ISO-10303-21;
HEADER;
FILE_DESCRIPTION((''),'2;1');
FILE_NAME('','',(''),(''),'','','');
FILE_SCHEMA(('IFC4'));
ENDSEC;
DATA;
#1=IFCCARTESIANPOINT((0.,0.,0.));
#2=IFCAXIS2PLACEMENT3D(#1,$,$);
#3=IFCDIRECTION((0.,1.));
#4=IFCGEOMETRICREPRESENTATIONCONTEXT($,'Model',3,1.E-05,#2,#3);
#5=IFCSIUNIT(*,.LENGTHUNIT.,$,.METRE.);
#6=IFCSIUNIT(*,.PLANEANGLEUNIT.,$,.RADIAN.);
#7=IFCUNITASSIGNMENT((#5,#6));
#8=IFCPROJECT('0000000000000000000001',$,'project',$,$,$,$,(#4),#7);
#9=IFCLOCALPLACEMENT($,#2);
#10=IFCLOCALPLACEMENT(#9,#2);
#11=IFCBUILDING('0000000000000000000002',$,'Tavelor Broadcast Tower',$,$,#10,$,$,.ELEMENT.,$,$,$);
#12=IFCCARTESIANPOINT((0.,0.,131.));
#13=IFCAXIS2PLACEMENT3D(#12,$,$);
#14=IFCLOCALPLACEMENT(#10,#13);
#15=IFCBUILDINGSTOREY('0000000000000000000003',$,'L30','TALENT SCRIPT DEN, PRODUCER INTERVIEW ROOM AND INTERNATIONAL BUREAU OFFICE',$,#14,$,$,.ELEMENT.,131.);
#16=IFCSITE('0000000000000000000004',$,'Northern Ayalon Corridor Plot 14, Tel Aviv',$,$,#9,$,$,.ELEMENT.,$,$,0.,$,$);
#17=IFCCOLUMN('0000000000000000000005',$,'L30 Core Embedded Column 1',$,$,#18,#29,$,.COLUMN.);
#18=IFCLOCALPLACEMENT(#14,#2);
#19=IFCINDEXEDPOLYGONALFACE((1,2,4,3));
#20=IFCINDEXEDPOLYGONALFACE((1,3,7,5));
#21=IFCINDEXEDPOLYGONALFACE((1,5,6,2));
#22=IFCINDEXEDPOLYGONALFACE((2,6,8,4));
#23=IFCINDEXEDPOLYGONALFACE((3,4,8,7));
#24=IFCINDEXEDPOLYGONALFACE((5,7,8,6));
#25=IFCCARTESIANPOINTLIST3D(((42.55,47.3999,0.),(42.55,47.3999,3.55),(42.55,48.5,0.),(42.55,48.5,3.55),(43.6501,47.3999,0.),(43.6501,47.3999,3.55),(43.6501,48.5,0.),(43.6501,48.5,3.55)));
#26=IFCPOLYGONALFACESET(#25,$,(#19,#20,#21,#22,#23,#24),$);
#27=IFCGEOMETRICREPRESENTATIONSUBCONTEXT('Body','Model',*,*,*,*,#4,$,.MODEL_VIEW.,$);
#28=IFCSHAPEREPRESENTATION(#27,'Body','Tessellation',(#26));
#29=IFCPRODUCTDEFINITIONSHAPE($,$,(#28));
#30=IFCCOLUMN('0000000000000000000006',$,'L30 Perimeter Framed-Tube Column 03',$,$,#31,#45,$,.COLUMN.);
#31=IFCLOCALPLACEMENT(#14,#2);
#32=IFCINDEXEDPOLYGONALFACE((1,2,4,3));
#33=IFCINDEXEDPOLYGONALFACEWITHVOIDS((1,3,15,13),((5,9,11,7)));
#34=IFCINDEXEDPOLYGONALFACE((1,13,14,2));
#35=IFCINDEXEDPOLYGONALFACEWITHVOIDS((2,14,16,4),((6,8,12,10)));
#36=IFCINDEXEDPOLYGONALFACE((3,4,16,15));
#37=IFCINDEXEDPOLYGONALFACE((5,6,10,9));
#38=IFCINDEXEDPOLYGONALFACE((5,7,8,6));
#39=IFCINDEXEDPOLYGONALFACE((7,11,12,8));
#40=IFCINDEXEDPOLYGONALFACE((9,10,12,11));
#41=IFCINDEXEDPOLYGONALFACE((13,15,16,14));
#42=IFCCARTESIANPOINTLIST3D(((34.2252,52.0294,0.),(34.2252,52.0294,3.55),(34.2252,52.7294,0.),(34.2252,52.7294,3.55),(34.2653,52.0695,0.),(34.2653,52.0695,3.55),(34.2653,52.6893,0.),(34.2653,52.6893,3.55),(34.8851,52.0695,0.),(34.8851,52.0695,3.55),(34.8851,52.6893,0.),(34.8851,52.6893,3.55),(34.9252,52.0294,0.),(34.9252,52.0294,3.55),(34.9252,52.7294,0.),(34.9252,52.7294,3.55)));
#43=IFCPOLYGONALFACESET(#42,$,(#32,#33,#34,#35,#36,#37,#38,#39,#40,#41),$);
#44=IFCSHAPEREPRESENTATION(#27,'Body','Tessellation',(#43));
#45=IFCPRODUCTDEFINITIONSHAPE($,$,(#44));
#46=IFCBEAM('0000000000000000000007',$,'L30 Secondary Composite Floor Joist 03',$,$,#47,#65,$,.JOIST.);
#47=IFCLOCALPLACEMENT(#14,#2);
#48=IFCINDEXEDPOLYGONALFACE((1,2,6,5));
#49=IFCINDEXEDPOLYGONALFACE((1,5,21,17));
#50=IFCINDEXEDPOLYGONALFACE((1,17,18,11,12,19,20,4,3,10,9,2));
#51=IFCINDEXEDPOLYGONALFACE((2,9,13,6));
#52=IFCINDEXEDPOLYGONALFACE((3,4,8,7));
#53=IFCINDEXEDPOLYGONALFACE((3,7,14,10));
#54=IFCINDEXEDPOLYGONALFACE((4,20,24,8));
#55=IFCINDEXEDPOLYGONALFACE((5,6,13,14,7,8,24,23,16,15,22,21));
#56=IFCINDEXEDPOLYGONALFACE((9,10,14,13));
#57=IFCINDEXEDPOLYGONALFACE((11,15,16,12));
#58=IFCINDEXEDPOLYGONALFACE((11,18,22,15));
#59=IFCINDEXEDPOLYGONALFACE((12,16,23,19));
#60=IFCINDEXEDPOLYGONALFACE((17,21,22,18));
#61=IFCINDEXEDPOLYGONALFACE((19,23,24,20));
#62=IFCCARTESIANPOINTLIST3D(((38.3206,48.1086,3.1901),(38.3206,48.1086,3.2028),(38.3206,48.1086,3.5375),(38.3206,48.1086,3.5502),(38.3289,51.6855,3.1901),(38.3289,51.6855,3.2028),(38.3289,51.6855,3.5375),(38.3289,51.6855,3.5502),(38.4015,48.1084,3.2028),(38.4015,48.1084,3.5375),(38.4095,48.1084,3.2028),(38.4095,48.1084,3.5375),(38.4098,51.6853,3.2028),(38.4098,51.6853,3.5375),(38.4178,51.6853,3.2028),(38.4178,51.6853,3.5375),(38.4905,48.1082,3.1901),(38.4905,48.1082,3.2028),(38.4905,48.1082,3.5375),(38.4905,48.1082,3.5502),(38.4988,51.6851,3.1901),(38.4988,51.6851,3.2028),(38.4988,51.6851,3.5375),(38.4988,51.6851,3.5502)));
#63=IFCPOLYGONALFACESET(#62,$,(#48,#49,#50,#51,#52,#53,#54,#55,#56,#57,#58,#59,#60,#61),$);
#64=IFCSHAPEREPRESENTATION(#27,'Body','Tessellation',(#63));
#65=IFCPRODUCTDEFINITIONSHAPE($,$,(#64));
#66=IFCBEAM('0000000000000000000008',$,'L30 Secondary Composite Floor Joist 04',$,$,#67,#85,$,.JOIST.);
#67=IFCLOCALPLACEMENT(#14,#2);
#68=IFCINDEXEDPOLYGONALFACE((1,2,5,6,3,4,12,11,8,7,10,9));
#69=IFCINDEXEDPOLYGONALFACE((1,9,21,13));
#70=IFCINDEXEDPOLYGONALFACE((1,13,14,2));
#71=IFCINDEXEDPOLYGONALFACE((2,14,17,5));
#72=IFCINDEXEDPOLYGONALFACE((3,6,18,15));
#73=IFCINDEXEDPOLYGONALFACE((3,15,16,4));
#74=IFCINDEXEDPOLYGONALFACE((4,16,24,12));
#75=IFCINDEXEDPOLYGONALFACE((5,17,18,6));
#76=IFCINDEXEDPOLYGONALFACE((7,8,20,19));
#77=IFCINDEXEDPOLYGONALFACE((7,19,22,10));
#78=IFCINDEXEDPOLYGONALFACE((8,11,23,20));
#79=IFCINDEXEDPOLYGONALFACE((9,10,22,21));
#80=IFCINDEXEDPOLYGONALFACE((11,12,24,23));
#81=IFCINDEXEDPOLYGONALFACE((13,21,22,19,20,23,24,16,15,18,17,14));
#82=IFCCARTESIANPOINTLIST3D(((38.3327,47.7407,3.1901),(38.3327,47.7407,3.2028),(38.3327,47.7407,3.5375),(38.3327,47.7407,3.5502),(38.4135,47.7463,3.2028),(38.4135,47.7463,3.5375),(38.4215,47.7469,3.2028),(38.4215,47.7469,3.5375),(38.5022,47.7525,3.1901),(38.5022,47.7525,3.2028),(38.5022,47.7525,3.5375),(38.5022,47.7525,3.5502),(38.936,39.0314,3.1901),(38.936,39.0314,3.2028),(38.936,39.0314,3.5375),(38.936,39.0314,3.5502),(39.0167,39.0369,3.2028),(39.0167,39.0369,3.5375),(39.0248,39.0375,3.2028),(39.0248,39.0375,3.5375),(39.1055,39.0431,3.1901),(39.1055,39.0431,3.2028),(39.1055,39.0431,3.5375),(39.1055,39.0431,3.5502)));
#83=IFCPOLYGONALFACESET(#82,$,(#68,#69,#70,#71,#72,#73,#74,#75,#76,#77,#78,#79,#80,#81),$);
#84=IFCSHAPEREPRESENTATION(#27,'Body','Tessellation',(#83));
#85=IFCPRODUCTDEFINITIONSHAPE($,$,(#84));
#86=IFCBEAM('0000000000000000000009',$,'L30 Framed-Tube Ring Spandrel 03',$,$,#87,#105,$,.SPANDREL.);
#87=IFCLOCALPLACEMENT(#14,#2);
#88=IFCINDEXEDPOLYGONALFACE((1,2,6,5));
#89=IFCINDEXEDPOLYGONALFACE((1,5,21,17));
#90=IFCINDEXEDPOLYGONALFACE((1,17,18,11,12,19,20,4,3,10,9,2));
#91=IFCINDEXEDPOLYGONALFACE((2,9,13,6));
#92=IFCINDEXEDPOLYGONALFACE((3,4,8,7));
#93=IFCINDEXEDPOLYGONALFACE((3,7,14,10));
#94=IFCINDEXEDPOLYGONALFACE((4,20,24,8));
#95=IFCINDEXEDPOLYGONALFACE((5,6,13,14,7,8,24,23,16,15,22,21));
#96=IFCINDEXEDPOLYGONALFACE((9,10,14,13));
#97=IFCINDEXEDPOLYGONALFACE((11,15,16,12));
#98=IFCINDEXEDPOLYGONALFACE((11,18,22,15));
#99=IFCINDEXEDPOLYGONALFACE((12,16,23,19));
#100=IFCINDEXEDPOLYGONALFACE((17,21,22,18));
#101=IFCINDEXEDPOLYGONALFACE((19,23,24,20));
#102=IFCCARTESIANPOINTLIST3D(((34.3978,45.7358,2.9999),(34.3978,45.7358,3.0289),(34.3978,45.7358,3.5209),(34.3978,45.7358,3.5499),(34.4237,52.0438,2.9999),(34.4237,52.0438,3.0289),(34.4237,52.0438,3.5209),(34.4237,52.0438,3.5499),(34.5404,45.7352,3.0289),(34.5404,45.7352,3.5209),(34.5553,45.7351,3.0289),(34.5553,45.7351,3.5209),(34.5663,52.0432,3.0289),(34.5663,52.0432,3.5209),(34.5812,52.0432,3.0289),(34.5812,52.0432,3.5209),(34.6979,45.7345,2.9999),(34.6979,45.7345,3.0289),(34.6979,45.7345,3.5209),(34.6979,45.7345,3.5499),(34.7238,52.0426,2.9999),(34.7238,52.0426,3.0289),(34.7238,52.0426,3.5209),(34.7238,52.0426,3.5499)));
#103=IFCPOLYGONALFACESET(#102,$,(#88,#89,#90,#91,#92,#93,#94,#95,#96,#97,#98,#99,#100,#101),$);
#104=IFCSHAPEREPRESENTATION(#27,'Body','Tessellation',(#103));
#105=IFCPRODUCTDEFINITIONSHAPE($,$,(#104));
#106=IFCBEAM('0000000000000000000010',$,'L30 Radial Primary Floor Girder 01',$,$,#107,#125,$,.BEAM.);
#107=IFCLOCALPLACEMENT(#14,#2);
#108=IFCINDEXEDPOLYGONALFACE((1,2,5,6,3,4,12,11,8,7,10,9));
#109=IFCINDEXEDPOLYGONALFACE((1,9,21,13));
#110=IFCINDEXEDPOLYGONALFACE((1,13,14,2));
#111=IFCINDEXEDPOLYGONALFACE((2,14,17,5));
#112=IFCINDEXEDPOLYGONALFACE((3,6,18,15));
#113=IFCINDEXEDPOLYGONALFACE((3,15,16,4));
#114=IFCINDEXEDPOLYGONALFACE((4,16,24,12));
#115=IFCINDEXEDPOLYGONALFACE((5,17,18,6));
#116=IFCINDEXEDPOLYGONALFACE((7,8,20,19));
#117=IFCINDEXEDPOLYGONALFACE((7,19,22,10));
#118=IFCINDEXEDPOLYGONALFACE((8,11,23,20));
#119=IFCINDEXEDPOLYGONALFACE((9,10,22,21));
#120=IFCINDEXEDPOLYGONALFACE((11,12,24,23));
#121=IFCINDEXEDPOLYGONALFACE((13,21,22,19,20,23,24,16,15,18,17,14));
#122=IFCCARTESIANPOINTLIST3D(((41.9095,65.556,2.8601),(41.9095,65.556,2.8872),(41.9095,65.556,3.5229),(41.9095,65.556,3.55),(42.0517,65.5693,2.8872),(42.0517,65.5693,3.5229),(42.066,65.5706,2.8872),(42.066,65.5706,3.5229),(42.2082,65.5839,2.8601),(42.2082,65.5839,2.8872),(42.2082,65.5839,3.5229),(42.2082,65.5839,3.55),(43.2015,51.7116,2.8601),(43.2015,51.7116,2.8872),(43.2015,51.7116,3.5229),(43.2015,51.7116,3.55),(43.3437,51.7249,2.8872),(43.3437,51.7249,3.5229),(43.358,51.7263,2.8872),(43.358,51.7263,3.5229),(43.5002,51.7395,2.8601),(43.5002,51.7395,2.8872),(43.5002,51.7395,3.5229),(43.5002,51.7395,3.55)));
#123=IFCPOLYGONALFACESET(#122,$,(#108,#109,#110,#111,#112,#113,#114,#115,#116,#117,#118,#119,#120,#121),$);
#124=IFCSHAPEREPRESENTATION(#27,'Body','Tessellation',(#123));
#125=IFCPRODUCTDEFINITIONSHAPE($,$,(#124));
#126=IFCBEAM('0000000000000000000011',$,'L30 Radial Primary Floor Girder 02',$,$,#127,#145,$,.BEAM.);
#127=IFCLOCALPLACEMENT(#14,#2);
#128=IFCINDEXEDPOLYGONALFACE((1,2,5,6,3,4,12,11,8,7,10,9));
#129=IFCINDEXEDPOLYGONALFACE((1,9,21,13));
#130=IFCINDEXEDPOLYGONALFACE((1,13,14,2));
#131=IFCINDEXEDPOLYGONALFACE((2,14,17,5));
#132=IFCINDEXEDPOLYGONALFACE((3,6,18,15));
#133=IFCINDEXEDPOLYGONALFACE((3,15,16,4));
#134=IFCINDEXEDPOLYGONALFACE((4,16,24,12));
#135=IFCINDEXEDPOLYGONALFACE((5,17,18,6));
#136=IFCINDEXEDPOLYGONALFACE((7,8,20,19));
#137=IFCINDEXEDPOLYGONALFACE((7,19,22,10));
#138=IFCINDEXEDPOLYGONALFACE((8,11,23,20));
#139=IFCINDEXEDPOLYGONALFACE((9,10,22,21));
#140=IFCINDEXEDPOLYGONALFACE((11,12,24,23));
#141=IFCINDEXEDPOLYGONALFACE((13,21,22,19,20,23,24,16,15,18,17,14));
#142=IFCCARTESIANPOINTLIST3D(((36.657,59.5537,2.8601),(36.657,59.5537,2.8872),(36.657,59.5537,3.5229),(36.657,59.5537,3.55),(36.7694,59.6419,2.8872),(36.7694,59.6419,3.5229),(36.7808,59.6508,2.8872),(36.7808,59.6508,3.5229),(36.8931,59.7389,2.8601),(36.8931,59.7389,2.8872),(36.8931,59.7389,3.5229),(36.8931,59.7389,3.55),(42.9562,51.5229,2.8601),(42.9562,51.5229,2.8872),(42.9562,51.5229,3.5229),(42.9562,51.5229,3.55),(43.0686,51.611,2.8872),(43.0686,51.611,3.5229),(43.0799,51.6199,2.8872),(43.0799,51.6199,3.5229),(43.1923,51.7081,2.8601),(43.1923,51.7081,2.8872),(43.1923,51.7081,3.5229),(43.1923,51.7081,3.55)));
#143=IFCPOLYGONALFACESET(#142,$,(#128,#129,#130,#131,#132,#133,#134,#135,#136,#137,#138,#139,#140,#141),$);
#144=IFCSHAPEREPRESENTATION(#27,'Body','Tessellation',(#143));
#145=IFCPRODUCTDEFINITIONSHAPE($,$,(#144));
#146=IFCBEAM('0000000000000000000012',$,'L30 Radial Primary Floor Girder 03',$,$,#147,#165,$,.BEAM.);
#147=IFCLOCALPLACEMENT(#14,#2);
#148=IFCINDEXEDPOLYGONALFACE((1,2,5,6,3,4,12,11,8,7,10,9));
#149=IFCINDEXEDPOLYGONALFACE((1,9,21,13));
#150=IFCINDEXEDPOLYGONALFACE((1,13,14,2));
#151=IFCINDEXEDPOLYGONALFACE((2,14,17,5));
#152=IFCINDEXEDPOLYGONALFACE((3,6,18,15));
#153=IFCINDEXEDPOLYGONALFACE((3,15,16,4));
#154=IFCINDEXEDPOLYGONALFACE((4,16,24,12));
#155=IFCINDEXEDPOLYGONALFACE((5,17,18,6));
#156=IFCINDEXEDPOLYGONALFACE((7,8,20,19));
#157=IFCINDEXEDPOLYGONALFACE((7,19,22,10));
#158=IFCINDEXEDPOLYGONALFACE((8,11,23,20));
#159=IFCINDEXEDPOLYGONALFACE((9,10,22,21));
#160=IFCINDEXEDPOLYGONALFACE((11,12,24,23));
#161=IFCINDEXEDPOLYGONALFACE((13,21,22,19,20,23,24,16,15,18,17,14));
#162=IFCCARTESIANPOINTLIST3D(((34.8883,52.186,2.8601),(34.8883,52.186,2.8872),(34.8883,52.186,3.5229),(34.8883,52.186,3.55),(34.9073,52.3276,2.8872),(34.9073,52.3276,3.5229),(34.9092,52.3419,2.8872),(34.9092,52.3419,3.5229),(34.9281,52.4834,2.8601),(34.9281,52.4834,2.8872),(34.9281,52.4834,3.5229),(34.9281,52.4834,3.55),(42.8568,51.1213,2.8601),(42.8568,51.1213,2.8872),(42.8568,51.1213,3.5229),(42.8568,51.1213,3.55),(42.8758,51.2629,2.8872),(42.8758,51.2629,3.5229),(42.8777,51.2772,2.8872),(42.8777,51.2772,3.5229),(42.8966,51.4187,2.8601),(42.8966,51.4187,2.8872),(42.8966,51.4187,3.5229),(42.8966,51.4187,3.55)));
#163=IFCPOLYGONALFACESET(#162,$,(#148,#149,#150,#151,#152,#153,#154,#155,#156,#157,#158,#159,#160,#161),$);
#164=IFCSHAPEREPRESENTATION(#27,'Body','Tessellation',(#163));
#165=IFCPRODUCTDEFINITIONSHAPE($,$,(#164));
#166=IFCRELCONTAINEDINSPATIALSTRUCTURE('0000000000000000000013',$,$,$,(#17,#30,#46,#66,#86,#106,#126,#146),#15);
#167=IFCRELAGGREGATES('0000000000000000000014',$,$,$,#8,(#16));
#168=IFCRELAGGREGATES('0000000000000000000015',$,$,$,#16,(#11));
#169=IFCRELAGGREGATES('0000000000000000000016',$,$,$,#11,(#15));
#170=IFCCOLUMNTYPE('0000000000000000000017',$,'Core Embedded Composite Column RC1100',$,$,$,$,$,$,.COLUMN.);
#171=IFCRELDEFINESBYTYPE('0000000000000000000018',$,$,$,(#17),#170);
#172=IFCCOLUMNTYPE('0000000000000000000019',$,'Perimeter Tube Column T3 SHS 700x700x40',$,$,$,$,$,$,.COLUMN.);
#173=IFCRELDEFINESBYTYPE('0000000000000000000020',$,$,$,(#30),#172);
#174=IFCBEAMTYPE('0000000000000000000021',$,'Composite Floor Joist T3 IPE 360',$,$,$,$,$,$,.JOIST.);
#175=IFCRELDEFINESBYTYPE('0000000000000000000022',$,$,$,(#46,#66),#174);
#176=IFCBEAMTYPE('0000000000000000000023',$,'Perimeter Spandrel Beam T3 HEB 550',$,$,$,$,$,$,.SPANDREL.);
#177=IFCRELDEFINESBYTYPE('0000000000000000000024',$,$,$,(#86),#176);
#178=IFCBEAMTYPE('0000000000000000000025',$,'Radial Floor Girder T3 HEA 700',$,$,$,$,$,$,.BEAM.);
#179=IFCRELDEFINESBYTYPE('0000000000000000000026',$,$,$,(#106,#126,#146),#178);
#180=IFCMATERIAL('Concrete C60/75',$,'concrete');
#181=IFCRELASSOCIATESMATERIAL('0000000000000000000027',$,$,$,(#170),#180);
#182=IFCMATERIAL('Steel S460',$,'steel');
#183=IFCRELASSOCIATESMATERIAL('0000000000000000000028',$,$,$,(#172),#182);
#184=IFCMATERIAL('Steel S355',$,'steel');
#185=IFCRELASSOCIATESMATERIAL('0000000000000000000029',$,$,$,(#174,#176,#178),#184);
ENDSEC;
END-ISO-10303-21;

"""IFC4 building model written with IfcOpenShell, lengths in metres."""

from ifc_helpers import new_model, si_unit, direction, frame, origin, origin_2d, place, context, subcontext, project, spatial, rectangle, hollow_rectangle, i_section, extrude, material, material_profile, profile_set, type_object, element, save


model = new_model("IFC4")

# Units and contexts
model_context = context("Model", 3, precision=1e-05, world=origin(), true_north=direction((0.0, 1.0)))
body_context = subcontext(model_context, "Body", "Model", "MODEL_VIEW")
ifc_project = project(units=[si_unit("LENGTHUNIT", "METRE"), si_unit("PLANEANGLEUNIT", "RADIAN")], contexts=[model_context])

# Site, building, storey
site_placement = place(None, origin())
site = spatial("IfcSite", under=ifc_project, at=site_placement, Name="Northern Ayalon Corridor Plot 14, Tel Aviv", CompositionType="ELEMENT", RefElevation=0.0)
building_placement = place(site_placement, origin())
building = spatial("IfcBuilding", under=site, at=building_placement, Name="Tavelor Broadcast Tower", CompositionType="ELEMENT")
storey_placement = place(building_placement, frame((0.0, 0.0, 131.0)))
storey = spatial("IfcBuildingStorey", under=building, at=storey_placement, Name="L30", Description="TALENT SCRIPT DEN, PRODUCER INTERVIEW ROOM AND INTERNATIONAL BUREAU OFFICE", CompositionType="ELEMENT", Elevation=131.0)

# Columns
ifc_material_1 = material(Name="Concrete C60/75", Category="concrete")
ifc_material_profile_1 = material_profile(ifc_material_1, rectangle(XDim=1.1001, YDim=1.1001, at=origin_2d()), Name="RC 1100x1100")
ifc_profile_set_1 = profile_set([ifc_material_profile_1], Name="Concrete C60/75")
column_type_1 = type_object("IfcColumnType", Name="Core Embedded Composite Column RC1100", PredefinedType="COLUMN", material=ifc_profile_set_1)
column_1_placement = place(storey_placement, frame((43.1001, 47.95, 0.0), z_axis=(0.0, 0.0, 1.0), x_axis=(1.0, 0.0, 0.0)))
element("IfcColumn", 1, at=column_1_placement, inside=storey, type_object=column_type_1, Name="L30 Core Embedded Column 1", PredefinedType="COLUMN", context=body_context, shape_type="SweptSolid", body=[
    extrude(rectangle(XDim=1.1001, YDim=1.1001, at=origin_2d()), origin(), (0.0, 0.0, 1.0), 3.55),
])
ifc_material_2 = material(Name="Steel S460", Category="steel")
ifc_material_profile_2 = material_profile(ifc_material_2, hollow_rectangle(XDim=0.7, YDim=0.7, WallThickness=0.04, at=origin_2d()), Name="SHS 700x700x40")
ifc_profile_set_2 = profile_set([ifc_material_profile_2], Name="Steel S460")
column_type_2 = type_object("IfcColumnType", Name="Perimeter Tube Column T3 SHS 700x700x40", PredefinedType="COLUMN", material=ifc_profile_set_2)
column_2_placement = place(storey_placement, frame((34.5752, 52.3794, 0.0), z_axis=(0.0, 0.0, 1.0), x_axis=(1.0, 0.0, 0.0)))
element("IfcColumn", 2, at=column_2_placement, inside=storey, type_object=column_type_2, Name="L30 Perimeter Framed-Tube Column 03", PredefinedType="COLUMN", context=body_context, shape_type="SweptSolid", body=[
    extrude(hollow_rectangle(XDim=0.7, YDim=0.7, WallThickness=0.04, at=origin_2d()), origin(), (0.0, 0.0, 1.0), 3.55),
])

# Beams
ifc_material_3 = material(Name="Steel S355", Category="steel")
ifc_material_profile_3 = material_profile(ifc_material_3, i_section(OverallWidth=0.1699, OverallDepth=0.3601, WebThickness=0.0081, FlangeThickness=0.0127, at=origin_2d()), Name="IPE 360")
ifc_profile_set_3 = profile_set([ifc_material_profile_3], Name="Steel S355")
beam_type_1 = type_object("IfcBeamType", Name="Composite Floor Joist T3 IPE 360", PredefinedType="JOIST", material=ifc_profile_set_3)
beam_1_placement = place(storey_placement, frame((38.4138, 51.6853, 3.3701), z_axis=(-0.002321, -0.999997, 0.0), x_axis=(0.999997, -0.002321, 0.0)))
element("IfcBeam", 3, at=beam_1_placement, inside=storey, type_object=beam_type_1, Name="L30 Secondary Composite Floor Joist 03", PredefinedType="JOIST", context=body_context, shape_type="SweptSolid", body=[
    extrude(i_section(OverallWidth=0.1699, OverallDepth=0.3601, WebThickness=0.0081, FlangeThickness=0.0127, at=origin_2d()), origin(), (0.0, 0.0, 1.0), 3.5769),
])
beam_2_placement = place(storey_placement, frame((38.4175, 47.7466, 3.3701), z_axis=(0.069101, -0.99761, 0.0), x_axis=(0.99761, 0.069101, 0.0)))
element("IfcBeam", 4, at=beam_2_placement, inside=storey, type_object=beam_type_1, Name="L30 Secondary Composite Floor Joist 04", PredefinedType="JOIST", context=body_context, shape_type="SweptSolid", body=[
    extrude(i_section(OverallWidth=0.1699, OverallDepth=0.3601, WebThickness=0.0081, FlangeThickness=0.0127, at=origin_2d()), origin(), (0.0, 0.0, 1.0), 8.7302),
])
ifc_material_profile_4 = material_profile(ifc_material_3, i_section(OverallWidth=0.3, OverallDepth=0.55, WebThickness=0.0149, FlangeThickness=0.0291, at=origin_2d()), Name="HEB 550")
ifc_profile_set_4 = profile_set([ifc_material_profile_4], Name="Steel S355")
beam_type_2 = type_object("IfcBeamType", Name="Perimeter Spandrel Beam T3 HEB 550", PredefinedType="SPANDREL", material=ifc_profile_set_4)
beam_3_placement = place(storey_placement, frame((34.5737, 52.0432, 3.2749), z_axis=(-0.004102, -0.999992, 0.0), x_axis=(0.999992, -0.004102, 0.0)))
element("IfcBeam", 5, at=beam_3_placement, inside=storey, type_object=beam_type_2, Name="L30 Framed-Tube Ring Spandrel 03", PredefinedType="SPANDREL", context=body_context, shape_type="SweptSolid", body=[
    extrude(i_section(OverallWidth=0.3, OverallDepth=0.55, WebThickness=0.0149, FlangeThickness=0.0291, at=origin_2d()), origin(), (0.0, 0.0, 1.0), 6.3081),
])
ifc_material_profile_5 = material_profile(ifc_material_3, i_section(OverallWidth=0.3, OverallDepth=0.6899, WebThickness=0.0144, FlangeThickness=0.0271, at=origin_2d()), Name="HEA 700")
ifc_profile_set_5 = profile_set([ifc_material_profile_5], Name="Steel S355")
beam_type_3 = type_object("IfcBeamType", Name="Radial Floor Girder T3 HEA 700", PredefinedType="BEAM", material=ifc_profile_set_5)
beam_4_placement = place(storey_placement, frame((43.3508, 51.7256, 3.2051), z_axis=(-0.092918, 0.995674, 0.0), x_axis=(-0.995674, -0.092918, 0.0)))
element("IfcBeam", 6, at=beam_4_placement, inside=storey, type_object=beam_type_3, Name="L30 Radial Primary Floor Girder 01", PredefinedType="BEAM", context=body_context, shape_type="SweptSolid", body=[
    extrude(i_section(OverallWidth=0.3, OverallDepth=0.6899, WebThickness=0.0144, FlangeThickness=0.0271, at=origin_2d()), origin(), (0.0, 0.0, 1.0), 13.9045),
])
beam_5_placement = place(storey_placement, frame((43.0742, 51.6155, 3.2051), z_axis=(-0.617166, 0.786833, 0.0), x_axis=(-0.786833, -0.617166, 0.0)))
element("IfcBeam", 7, at=beam_5_placement, inside=storey, type_object=beam_type_3, Name="L30 Radial Primary Floor Girder 02", PredefinedType="BEAM", context=body_context, shape_type="SweptSolid", body=[
    extrude(i_section(OverallWidth=0.3, OverallDepth=0.6899, WebThickness=0.0144, FlangeThickness=0.0271, at=origin_2d()), origin(), (0.0, 0.0, 1.0), 10.2065),
])
beam_6_placement = place(storey_placement, frame((42.8767, 51.27, 3.2051), z_axis=(-0.991192, 0.132436, 0.0), x_axis=(-0.132436, -0.991192, 0.0)))
element("IfcBeam", 8, at=beam_6_placement, inside=storey, type_object=beam_type_3, Name="L30 Radial Primary Floor Girder 03", PredefinedType="BEAM", context=body_context, shape_type="SweptSolid", body=[
    extrude(i_section(OverallWidth=0.3, OverallDepth=0.6899, WebThickness=0.0144, FlangeThickness=0.0271, at=origin_2d()), origin(), (0.0, 0.0, 1.0), 8.0393),
])

save(model, "model.ifc")
